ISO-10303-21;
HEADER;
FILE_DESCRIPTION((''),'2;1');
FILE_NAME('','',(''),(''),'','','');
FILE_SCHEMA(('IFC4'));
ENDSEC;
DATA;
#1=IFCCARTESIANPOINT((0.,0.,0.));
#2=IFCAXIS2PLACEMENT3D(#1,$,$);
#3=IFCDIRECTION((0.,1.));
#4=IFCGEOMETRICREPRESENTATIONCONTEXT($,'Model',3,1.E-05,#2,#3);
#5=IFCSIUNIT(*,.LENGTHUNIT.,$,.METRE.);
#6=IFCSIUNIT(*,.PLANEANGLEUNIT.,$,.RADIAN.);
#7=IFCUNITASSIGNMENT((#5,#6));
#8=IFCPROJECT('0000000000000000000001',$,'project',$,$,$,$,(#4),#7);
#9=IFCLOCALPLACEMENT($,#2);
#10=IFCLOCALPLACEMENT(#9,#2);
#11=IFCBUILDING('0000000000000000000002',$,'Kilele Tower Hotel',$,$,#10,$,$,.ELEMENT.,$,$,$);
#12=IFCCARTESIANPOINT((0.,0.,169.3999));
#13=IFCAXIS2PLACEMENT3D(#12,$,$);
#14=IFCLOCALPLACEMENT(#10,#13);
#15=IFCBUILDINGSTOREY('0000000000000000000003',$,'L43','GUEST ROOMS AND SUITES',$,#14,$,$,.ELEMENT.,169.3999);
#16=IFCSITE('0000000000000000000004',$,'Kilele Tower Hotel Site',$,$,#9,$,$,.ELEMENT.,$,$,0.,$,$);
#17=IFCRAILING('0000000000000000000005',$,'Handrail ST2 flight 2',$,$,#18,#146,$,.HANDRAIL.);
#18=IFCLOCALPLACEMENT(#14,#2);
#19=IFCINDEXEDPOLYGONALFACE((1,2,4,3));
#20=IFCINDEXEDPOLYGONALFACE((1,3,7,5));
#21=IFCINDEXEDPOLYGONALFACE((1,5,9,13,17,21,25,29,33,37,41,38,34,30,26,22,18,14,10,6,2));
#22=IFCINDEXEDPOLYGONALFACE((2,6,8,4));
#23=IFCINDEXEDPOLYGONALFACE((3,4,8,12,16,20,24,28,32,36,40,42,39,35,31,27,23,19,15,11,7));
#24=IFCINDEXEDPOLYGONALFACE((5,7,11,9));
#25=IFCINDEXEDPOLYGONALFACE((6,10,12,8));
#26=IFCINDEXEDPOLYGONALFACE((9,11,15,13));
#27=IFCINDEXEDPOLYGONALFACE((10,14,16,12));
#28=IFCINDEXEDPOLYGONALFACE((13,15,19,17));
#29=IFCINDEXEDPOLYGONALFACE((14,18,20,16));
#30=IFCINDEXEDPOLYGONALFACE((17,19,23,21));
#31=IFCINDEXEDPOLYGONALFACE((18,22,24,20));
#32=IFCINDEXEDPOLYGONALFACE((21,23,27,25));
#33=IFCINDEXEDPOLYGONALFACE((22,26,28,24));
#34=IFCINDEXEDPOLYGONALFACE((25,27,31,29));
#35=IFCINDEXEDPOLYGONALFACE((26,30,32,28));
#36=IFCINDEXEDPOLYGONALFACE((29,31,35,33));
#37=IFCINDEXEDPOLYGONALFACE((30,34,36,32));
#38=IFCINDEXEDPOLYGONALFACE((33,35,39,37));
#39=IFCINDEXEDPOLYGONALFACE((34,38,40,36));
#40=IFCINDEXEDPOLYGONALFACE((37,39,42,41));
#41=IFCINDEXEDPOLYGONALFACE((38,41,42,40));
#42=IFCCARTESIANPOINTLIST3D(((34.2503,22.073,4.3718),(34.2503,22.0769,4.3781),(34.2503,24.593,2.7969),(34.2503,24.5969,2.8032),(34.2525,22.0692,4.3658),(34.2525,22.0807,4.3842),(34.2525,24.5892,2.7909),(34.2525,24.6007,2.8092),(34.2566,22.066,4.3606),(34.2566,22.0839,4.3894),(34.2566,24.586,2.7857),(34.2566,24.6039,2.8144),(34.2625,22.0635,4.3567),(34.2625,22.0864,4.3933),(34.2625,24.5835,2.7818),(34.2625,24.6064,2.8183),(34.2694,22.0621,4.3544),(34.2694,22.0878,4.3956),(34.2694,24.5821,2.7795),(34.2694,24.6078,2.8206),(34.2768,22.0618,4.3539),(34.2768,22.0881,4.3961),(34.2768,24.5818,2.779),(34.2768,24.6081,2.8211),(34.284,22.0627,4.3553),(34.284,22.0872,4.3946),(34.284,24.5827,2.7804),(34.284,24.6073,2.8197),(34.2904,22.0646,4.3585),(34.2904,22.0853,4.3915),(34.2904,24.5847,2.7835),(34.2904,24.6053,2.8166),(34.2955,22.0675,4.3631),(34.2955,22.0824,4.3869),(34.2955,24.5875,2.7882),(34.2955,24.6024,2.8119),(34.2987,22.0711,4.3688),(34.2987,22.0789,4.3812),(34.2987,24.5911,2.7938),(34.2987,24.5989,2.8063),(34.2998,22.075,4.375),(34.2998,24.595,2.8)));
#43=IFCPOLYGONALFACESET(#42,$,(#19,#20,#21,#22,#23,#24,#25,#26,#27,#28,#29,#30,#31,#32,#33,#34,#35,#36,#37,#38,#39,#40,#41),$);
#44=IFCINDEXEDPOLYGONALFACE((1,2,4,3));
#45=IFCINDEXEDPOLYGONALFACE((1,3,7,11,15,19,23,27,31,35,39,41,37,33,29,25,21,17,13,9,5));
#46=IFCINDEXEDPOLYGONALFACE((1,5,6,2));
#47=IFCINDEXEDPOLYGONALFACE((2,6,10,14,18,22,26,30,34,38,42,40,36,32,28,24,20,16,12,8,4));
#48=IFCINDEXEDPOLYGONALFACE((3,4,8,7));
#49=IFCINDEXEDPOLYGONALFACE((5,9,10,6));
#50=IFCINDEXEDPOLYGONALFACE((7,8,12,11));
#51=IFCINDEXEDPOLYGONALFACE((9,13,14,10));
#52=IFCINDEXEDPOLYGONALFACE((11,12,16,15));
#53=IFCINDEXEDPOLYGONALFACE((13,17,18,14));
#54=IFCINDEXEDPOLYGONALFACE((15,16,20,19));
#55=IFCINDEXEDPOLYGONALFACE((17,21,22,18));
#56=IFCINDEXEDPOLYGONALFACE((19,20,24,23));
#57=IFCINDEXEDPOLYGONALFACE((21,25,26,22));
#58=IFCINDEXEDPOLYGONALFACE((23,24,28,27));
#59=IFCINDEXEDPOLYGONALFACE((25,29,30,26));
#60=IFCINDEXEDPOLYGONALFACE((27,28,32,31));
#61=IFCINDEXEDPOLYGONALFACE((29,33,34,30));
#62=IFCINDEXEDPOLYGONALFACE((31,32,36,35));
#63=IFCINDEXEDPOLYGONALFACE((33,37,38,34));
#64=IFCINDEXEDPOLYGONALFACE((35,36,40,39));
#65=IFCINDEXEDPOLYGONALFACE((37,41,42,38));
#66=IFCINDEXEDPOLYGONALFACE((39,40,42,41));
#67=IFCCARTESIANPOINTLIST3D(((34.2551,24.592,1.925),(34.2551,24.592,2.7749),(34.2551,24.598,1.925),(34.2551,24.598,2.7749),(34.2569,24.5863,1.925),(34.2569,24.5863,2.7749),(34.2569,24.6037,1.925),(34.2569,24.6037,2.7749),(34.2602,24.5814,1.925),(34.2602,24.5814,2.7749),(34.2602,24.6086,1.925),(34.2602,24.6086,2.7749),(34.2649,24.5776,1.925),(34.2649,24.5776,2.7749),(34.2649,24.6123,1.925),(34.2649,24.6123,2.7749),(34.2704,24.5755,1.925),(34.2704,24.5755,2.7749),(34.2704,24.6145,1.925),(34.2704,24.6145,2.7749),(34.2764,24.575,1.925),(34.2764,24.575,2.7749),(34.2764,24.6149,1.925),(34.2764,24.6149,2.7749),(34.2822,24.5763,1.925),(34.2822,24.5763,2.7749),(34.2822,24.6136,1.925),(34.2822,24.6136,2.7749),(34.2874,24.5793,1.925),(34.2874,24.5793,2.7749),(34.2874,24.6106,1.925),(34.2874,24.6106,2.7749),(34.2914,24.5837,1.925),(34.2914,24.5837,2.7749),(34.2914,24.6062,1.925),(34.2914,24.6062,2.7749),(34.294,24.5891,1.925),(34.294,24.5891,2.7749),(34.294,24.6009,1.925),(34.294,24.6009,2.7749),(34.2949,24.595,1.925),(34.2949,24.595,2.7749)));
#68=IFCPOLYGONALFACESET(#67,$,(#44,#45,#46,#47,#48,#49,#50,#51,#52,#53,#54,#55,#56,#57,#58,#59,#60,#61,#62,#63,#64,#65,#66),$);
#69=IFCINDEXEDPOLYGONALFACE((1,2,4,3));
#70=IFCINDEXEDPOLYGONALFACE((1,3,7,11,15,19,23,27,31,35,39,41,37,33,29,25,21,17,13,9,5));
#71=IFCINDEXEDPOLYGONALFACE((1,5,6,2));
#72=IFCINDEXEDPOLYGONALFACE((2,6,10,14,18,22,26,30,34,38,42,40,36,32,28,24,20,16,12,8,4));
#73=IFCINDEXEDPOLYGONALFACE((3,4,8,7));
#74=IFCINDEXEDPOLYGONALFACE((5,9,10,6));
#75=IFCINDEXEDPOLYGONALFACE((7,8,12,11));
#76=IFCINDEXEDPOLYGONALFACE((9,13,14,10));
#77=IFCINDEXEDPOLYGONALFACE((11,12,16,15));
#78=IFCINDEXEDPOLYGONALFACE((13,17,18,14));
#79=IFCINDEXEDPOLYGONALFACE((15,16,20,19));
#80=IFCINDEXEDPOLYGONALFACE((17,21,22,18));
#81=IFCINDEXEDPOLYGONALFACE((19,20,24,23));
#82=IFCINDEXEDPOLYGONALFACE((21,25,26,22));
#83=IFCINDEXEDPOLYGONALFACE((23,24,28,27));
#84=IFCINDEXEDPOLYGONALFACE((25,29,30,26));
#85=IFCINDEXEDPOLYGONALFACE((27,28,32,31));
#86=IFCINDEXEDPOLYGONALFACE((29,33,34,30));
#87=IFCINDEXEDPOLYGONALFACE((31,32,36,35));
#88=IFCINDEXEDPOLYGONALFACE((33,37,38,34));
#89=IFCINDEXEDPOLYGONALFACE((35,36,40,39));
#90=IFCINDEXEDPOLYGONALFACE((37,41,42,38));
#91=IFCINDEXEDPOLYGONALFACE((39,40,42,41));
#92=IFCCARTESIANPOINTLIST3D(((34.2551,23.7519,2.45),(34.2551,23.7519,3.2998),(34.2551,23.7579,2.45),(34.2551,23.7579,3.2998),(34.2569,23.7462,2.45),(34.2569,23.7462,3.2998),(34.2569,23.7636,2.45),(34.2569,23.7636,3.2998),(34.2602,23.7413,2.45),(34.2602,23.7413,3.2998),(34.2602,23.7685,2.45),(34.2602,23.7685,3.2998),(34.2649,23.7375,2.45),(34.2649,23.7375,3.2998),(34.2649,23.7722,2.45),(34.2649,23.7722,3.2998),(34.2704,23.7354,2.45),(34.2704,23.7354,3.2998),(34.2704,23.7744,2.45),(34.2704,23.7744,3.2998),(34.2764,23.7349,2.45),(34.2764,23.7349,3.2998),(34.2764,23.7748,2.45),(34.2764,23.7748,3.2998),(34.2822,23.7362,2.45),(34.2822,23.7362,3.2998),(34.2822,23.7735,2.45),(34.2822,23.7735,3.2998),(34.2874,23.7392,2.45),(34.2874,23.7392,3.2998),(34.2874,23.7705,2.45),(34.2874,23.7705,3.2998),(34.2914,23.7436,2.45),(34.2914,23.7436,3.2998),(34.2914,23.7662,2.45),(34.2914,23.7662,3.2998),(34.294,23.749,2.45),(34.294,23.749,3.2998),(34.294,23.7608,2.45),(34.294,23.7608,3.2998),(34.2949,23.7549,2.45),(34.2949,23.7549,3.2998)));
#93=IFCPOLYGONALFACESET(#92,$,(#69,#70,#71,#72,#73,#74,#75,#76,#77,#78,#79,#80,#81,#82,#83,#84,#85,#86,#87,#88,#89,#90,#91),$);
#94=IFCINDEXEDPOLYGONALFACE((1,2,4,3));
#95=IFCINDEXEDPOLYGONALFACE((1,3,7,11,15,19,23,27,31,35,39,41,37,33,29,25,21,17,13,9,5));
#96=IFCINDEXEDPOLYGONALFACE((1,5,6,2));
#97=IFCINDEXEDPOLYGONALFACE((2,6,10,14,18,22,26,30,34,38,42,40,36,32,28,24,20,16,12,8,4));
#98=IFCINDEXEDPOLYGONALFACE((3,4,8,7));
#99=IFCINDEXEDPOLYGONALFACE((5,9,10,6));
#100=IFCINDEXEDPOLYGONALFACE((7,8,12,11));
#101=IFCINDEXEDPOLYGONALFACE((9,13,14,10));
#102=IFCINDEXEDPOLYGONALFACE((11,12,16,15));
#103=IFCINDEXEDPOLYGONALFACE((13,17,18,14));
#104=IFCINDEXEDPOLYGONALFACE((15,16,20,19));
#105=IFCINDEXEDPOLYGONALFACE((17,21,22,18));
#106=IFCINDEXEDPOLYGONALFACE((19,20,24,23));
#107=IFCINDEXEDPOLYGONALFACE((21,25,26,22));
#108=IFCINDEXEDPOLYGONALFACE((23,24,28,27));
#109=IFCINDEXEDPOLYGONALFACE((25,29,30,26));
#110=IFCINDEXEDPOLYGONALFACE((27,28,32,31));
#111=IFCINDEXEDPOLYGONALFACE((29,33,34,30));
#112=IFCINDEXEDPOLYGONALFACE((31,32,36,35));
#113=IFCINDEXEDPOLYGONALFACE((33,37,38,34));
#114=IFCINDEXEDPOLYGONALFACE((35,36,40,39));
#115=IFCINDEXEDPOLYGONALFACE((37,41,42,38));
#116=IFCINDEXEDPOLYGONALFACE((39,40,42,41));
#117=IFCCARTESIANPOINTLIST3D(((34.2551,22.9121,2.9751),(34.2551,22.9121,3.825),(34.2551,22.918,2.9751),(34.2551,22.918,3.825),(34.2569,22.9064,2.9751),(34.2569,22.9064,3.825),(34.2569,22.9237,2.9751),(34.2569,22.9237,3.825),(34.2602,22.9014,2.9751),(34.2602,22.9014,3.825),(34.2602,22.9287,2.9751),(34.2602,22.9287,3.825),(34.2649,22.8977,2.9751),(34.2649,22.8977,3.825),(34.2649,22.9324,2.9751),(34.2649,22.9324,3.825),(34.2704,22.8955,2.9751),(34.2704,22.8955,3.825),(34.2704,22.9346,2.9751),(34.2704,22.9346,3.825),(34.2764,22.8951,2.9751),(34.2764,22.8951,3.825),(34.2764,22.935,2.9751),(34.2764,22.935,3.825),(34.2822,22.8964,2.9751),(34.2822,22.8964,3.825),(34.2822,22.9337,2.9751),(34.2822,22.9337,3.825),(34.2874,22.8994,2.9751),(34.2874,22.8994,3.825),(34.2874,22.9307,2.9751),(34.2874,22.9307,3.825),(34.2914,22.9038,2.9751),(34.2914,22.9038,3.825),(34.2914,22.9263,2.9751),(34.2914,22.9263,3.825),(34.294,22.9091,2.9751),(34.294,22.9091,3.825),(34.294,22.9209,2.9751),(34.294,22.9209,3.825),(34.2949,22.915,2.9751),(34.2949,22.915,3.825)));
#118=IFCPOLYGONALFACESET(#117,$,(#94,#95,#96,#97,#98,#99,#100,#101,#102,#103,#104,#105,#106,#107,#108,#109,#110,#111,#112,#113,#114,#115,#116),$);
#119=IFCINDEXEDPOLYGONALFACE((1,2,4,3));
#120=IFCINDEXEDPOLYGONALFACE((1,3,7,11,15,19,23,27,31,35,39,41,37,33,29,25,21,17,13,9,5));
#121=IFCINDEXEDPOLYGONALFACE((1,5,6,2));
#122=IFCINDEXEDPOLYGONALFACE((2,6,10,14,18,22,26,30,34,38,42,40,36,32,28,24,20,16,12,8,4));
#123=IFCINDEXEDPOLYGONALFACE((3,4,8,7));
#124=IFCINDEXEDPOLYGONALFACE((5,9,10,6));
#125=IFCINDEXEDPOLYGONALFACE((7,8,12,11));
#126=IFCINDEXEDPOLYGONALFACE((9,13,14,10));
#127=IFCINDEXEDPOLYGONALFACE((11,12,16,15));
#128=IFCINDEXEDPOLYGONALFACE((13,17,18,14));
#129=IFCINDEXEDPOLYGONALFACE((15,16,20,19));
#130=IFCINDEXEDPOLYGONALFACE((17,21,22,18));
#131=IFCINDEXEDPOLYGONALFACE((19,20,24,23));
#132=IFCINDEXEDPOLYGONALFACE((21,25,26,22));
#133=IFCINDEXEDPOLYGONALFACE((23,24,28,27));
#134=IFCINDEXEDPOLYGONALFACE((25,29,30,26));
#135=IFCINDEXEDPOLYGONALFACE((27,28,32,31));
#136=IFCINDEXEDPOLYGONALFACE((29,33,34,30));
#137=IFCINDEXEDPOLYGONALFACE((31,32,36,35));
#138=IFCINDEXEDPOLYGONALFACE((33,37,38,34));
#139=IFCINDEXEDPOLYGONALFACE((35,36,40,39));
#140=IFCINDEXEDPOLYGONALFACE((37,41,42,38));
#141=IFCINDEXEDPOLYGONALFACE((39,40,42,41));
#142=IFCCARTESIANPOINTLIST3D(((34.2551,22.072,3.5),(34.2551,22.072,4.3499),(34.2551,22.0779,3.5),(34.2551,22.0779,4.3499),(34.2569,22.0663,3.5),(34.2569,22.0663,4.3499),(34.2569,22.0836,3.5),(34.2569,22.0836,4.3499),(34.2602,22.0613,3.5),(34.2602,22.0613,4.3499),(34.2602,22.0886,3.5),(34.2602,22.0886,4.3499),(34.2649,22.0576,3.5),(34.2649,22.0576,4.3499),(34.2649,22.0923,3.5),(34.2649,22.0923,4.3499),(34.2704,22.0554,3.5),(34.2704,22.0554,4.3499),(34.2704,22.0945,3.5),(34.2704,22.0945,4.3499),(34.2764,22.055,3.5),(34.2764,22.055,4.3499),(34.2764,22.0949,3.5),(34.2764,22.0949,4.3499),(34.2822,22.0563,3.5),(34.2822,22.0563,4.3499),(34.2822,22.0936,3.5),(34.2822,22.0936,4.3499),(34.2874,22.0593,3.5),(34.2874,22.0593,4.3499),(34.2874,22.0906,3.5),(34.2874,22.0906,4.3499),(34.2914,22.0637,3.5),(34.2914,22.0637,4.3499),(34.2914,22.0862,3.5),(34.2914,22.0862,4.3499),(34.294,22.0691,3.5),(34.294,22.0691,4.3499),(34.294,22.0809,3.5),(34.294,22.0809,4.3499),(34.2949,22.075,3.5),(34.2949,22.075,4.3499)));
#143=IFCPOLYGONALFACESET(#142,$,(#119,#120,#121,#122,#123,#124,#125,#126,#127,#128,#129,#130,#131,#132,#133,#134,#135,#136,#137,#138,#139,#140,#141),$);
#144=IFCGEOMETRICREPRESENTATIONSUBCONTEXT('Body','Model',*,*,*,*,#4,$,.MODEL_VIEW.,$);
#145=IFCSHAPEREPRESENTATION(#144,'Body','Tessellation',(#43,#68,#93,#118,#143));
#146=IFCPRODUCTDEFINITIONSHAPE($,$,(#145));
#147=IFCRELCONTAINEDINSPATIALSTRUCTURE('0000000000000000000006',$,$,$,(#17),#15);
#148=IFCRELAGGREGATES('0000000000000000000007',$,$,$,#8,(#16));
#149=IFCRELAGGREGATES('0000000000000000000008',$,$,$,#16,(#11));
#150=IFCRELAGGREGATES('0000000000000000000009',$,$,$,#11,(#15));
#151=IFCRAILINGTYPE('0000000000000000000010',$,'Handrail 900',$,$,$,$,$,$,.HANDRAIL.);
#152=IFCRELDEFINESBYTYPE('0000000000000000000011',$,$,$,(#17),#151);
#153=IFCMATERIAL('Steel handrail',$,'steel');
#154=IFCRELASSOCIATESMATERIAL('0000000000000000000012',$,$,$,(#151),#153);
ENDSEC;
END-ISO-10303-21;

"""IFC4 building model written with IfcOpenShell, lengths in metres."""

from ifc_helpers import new_model, si_unit, direction, frame, origin, origin_2d, place, context, subcontext, project, spatial, circle, extrude, material, type_object, element, save


model = new_model("IFC4")

# Units and contexts
model_context = context("Model", 3, precision=1e-05, world=origin(), true_north=direction((0.0, 1.0)))
body_context = subcontext(model_context, "Body", "Model", "MODEL_VIEW")
ifc_project = project(units=[si_unit("LENGTHUNIT", "METRE"), si_unit("PLANEANGLEUNIT", "RADIAN")], contexts=[model_context])

# Site, building, storey
site_placement = place(None, origin())
site = spatial("IfcSite", under=ifc_project, at=site_placement, Name="Kilele Tower Hotel Site", CompositionType="ELEMENT", RefElevation=0.0)
building_placement = place(site_placement, origin())
building = spatial("IfcBuilding", under=site, at=building_placement, Name="Kilele Tower Hotel", CompositionType="ELEMENT")
storey_placement = place(building_placement, frame((0.0, 0.0, 169.3999)))
storey = spatial("IfcBuildingStorey", under=building, at=storey_placement, Name="L43", Description="GUEST ROOMS AND SUITES", CompositionType="ELEMENT", Elevation=169.3999)

# Railing
ifc_material_1 = material(Name="Steel handrail", Category="steel")
railing_type_1 = type_object("IfcRailingType", Name="Handrail 900", PredefinedType="HANDRAIL", material=ifc_material_1)
railing_1_placement = place(storey_placement, frame((34.2749, 24.595, 1.925)))
element("IfcRailing", 1, at=railing_1_placement, inside=storey, type_object=railing_type_1, Name="Handrail ST2 flight 2", PredefinedType="HANDRAIL", context=body_context, shape_type="SweptSolid", body=[
    extrude(circle(Radius=0.0249, at=origin_2d()), frame((0.0, 0.0, 0.875), z_axis=(0.0, -0.848008, 0.529984), x_axis=(1.0, 0.0, 0.0)), (0.0, 0.0, 1.0), 2.9717),
    extrude(circle(Radius=0.02, at=origin_2d()), origin(), (0.0, 0.0, 1.0), 0.8499),
    extrude(circle(Radius=0.02, at=origin_2d()), frame((0.0, -0.8401, 0.5249)), (0.0, 0.0, 1.0), 0.8499),
    extrude(circle(Radius=0.02, at=origin_2d()), frame((0.0, -1.6799, 1.05)), (0.0, 0.0, 1.0), 0.8499),
    extrude(circle(Radius=0.02, at=origin_2d()), frame((0.0, -2.52, 1.575)), (0.0, 0.0, 1.0), 0.8499),
])

save(model, "model.ifc")
